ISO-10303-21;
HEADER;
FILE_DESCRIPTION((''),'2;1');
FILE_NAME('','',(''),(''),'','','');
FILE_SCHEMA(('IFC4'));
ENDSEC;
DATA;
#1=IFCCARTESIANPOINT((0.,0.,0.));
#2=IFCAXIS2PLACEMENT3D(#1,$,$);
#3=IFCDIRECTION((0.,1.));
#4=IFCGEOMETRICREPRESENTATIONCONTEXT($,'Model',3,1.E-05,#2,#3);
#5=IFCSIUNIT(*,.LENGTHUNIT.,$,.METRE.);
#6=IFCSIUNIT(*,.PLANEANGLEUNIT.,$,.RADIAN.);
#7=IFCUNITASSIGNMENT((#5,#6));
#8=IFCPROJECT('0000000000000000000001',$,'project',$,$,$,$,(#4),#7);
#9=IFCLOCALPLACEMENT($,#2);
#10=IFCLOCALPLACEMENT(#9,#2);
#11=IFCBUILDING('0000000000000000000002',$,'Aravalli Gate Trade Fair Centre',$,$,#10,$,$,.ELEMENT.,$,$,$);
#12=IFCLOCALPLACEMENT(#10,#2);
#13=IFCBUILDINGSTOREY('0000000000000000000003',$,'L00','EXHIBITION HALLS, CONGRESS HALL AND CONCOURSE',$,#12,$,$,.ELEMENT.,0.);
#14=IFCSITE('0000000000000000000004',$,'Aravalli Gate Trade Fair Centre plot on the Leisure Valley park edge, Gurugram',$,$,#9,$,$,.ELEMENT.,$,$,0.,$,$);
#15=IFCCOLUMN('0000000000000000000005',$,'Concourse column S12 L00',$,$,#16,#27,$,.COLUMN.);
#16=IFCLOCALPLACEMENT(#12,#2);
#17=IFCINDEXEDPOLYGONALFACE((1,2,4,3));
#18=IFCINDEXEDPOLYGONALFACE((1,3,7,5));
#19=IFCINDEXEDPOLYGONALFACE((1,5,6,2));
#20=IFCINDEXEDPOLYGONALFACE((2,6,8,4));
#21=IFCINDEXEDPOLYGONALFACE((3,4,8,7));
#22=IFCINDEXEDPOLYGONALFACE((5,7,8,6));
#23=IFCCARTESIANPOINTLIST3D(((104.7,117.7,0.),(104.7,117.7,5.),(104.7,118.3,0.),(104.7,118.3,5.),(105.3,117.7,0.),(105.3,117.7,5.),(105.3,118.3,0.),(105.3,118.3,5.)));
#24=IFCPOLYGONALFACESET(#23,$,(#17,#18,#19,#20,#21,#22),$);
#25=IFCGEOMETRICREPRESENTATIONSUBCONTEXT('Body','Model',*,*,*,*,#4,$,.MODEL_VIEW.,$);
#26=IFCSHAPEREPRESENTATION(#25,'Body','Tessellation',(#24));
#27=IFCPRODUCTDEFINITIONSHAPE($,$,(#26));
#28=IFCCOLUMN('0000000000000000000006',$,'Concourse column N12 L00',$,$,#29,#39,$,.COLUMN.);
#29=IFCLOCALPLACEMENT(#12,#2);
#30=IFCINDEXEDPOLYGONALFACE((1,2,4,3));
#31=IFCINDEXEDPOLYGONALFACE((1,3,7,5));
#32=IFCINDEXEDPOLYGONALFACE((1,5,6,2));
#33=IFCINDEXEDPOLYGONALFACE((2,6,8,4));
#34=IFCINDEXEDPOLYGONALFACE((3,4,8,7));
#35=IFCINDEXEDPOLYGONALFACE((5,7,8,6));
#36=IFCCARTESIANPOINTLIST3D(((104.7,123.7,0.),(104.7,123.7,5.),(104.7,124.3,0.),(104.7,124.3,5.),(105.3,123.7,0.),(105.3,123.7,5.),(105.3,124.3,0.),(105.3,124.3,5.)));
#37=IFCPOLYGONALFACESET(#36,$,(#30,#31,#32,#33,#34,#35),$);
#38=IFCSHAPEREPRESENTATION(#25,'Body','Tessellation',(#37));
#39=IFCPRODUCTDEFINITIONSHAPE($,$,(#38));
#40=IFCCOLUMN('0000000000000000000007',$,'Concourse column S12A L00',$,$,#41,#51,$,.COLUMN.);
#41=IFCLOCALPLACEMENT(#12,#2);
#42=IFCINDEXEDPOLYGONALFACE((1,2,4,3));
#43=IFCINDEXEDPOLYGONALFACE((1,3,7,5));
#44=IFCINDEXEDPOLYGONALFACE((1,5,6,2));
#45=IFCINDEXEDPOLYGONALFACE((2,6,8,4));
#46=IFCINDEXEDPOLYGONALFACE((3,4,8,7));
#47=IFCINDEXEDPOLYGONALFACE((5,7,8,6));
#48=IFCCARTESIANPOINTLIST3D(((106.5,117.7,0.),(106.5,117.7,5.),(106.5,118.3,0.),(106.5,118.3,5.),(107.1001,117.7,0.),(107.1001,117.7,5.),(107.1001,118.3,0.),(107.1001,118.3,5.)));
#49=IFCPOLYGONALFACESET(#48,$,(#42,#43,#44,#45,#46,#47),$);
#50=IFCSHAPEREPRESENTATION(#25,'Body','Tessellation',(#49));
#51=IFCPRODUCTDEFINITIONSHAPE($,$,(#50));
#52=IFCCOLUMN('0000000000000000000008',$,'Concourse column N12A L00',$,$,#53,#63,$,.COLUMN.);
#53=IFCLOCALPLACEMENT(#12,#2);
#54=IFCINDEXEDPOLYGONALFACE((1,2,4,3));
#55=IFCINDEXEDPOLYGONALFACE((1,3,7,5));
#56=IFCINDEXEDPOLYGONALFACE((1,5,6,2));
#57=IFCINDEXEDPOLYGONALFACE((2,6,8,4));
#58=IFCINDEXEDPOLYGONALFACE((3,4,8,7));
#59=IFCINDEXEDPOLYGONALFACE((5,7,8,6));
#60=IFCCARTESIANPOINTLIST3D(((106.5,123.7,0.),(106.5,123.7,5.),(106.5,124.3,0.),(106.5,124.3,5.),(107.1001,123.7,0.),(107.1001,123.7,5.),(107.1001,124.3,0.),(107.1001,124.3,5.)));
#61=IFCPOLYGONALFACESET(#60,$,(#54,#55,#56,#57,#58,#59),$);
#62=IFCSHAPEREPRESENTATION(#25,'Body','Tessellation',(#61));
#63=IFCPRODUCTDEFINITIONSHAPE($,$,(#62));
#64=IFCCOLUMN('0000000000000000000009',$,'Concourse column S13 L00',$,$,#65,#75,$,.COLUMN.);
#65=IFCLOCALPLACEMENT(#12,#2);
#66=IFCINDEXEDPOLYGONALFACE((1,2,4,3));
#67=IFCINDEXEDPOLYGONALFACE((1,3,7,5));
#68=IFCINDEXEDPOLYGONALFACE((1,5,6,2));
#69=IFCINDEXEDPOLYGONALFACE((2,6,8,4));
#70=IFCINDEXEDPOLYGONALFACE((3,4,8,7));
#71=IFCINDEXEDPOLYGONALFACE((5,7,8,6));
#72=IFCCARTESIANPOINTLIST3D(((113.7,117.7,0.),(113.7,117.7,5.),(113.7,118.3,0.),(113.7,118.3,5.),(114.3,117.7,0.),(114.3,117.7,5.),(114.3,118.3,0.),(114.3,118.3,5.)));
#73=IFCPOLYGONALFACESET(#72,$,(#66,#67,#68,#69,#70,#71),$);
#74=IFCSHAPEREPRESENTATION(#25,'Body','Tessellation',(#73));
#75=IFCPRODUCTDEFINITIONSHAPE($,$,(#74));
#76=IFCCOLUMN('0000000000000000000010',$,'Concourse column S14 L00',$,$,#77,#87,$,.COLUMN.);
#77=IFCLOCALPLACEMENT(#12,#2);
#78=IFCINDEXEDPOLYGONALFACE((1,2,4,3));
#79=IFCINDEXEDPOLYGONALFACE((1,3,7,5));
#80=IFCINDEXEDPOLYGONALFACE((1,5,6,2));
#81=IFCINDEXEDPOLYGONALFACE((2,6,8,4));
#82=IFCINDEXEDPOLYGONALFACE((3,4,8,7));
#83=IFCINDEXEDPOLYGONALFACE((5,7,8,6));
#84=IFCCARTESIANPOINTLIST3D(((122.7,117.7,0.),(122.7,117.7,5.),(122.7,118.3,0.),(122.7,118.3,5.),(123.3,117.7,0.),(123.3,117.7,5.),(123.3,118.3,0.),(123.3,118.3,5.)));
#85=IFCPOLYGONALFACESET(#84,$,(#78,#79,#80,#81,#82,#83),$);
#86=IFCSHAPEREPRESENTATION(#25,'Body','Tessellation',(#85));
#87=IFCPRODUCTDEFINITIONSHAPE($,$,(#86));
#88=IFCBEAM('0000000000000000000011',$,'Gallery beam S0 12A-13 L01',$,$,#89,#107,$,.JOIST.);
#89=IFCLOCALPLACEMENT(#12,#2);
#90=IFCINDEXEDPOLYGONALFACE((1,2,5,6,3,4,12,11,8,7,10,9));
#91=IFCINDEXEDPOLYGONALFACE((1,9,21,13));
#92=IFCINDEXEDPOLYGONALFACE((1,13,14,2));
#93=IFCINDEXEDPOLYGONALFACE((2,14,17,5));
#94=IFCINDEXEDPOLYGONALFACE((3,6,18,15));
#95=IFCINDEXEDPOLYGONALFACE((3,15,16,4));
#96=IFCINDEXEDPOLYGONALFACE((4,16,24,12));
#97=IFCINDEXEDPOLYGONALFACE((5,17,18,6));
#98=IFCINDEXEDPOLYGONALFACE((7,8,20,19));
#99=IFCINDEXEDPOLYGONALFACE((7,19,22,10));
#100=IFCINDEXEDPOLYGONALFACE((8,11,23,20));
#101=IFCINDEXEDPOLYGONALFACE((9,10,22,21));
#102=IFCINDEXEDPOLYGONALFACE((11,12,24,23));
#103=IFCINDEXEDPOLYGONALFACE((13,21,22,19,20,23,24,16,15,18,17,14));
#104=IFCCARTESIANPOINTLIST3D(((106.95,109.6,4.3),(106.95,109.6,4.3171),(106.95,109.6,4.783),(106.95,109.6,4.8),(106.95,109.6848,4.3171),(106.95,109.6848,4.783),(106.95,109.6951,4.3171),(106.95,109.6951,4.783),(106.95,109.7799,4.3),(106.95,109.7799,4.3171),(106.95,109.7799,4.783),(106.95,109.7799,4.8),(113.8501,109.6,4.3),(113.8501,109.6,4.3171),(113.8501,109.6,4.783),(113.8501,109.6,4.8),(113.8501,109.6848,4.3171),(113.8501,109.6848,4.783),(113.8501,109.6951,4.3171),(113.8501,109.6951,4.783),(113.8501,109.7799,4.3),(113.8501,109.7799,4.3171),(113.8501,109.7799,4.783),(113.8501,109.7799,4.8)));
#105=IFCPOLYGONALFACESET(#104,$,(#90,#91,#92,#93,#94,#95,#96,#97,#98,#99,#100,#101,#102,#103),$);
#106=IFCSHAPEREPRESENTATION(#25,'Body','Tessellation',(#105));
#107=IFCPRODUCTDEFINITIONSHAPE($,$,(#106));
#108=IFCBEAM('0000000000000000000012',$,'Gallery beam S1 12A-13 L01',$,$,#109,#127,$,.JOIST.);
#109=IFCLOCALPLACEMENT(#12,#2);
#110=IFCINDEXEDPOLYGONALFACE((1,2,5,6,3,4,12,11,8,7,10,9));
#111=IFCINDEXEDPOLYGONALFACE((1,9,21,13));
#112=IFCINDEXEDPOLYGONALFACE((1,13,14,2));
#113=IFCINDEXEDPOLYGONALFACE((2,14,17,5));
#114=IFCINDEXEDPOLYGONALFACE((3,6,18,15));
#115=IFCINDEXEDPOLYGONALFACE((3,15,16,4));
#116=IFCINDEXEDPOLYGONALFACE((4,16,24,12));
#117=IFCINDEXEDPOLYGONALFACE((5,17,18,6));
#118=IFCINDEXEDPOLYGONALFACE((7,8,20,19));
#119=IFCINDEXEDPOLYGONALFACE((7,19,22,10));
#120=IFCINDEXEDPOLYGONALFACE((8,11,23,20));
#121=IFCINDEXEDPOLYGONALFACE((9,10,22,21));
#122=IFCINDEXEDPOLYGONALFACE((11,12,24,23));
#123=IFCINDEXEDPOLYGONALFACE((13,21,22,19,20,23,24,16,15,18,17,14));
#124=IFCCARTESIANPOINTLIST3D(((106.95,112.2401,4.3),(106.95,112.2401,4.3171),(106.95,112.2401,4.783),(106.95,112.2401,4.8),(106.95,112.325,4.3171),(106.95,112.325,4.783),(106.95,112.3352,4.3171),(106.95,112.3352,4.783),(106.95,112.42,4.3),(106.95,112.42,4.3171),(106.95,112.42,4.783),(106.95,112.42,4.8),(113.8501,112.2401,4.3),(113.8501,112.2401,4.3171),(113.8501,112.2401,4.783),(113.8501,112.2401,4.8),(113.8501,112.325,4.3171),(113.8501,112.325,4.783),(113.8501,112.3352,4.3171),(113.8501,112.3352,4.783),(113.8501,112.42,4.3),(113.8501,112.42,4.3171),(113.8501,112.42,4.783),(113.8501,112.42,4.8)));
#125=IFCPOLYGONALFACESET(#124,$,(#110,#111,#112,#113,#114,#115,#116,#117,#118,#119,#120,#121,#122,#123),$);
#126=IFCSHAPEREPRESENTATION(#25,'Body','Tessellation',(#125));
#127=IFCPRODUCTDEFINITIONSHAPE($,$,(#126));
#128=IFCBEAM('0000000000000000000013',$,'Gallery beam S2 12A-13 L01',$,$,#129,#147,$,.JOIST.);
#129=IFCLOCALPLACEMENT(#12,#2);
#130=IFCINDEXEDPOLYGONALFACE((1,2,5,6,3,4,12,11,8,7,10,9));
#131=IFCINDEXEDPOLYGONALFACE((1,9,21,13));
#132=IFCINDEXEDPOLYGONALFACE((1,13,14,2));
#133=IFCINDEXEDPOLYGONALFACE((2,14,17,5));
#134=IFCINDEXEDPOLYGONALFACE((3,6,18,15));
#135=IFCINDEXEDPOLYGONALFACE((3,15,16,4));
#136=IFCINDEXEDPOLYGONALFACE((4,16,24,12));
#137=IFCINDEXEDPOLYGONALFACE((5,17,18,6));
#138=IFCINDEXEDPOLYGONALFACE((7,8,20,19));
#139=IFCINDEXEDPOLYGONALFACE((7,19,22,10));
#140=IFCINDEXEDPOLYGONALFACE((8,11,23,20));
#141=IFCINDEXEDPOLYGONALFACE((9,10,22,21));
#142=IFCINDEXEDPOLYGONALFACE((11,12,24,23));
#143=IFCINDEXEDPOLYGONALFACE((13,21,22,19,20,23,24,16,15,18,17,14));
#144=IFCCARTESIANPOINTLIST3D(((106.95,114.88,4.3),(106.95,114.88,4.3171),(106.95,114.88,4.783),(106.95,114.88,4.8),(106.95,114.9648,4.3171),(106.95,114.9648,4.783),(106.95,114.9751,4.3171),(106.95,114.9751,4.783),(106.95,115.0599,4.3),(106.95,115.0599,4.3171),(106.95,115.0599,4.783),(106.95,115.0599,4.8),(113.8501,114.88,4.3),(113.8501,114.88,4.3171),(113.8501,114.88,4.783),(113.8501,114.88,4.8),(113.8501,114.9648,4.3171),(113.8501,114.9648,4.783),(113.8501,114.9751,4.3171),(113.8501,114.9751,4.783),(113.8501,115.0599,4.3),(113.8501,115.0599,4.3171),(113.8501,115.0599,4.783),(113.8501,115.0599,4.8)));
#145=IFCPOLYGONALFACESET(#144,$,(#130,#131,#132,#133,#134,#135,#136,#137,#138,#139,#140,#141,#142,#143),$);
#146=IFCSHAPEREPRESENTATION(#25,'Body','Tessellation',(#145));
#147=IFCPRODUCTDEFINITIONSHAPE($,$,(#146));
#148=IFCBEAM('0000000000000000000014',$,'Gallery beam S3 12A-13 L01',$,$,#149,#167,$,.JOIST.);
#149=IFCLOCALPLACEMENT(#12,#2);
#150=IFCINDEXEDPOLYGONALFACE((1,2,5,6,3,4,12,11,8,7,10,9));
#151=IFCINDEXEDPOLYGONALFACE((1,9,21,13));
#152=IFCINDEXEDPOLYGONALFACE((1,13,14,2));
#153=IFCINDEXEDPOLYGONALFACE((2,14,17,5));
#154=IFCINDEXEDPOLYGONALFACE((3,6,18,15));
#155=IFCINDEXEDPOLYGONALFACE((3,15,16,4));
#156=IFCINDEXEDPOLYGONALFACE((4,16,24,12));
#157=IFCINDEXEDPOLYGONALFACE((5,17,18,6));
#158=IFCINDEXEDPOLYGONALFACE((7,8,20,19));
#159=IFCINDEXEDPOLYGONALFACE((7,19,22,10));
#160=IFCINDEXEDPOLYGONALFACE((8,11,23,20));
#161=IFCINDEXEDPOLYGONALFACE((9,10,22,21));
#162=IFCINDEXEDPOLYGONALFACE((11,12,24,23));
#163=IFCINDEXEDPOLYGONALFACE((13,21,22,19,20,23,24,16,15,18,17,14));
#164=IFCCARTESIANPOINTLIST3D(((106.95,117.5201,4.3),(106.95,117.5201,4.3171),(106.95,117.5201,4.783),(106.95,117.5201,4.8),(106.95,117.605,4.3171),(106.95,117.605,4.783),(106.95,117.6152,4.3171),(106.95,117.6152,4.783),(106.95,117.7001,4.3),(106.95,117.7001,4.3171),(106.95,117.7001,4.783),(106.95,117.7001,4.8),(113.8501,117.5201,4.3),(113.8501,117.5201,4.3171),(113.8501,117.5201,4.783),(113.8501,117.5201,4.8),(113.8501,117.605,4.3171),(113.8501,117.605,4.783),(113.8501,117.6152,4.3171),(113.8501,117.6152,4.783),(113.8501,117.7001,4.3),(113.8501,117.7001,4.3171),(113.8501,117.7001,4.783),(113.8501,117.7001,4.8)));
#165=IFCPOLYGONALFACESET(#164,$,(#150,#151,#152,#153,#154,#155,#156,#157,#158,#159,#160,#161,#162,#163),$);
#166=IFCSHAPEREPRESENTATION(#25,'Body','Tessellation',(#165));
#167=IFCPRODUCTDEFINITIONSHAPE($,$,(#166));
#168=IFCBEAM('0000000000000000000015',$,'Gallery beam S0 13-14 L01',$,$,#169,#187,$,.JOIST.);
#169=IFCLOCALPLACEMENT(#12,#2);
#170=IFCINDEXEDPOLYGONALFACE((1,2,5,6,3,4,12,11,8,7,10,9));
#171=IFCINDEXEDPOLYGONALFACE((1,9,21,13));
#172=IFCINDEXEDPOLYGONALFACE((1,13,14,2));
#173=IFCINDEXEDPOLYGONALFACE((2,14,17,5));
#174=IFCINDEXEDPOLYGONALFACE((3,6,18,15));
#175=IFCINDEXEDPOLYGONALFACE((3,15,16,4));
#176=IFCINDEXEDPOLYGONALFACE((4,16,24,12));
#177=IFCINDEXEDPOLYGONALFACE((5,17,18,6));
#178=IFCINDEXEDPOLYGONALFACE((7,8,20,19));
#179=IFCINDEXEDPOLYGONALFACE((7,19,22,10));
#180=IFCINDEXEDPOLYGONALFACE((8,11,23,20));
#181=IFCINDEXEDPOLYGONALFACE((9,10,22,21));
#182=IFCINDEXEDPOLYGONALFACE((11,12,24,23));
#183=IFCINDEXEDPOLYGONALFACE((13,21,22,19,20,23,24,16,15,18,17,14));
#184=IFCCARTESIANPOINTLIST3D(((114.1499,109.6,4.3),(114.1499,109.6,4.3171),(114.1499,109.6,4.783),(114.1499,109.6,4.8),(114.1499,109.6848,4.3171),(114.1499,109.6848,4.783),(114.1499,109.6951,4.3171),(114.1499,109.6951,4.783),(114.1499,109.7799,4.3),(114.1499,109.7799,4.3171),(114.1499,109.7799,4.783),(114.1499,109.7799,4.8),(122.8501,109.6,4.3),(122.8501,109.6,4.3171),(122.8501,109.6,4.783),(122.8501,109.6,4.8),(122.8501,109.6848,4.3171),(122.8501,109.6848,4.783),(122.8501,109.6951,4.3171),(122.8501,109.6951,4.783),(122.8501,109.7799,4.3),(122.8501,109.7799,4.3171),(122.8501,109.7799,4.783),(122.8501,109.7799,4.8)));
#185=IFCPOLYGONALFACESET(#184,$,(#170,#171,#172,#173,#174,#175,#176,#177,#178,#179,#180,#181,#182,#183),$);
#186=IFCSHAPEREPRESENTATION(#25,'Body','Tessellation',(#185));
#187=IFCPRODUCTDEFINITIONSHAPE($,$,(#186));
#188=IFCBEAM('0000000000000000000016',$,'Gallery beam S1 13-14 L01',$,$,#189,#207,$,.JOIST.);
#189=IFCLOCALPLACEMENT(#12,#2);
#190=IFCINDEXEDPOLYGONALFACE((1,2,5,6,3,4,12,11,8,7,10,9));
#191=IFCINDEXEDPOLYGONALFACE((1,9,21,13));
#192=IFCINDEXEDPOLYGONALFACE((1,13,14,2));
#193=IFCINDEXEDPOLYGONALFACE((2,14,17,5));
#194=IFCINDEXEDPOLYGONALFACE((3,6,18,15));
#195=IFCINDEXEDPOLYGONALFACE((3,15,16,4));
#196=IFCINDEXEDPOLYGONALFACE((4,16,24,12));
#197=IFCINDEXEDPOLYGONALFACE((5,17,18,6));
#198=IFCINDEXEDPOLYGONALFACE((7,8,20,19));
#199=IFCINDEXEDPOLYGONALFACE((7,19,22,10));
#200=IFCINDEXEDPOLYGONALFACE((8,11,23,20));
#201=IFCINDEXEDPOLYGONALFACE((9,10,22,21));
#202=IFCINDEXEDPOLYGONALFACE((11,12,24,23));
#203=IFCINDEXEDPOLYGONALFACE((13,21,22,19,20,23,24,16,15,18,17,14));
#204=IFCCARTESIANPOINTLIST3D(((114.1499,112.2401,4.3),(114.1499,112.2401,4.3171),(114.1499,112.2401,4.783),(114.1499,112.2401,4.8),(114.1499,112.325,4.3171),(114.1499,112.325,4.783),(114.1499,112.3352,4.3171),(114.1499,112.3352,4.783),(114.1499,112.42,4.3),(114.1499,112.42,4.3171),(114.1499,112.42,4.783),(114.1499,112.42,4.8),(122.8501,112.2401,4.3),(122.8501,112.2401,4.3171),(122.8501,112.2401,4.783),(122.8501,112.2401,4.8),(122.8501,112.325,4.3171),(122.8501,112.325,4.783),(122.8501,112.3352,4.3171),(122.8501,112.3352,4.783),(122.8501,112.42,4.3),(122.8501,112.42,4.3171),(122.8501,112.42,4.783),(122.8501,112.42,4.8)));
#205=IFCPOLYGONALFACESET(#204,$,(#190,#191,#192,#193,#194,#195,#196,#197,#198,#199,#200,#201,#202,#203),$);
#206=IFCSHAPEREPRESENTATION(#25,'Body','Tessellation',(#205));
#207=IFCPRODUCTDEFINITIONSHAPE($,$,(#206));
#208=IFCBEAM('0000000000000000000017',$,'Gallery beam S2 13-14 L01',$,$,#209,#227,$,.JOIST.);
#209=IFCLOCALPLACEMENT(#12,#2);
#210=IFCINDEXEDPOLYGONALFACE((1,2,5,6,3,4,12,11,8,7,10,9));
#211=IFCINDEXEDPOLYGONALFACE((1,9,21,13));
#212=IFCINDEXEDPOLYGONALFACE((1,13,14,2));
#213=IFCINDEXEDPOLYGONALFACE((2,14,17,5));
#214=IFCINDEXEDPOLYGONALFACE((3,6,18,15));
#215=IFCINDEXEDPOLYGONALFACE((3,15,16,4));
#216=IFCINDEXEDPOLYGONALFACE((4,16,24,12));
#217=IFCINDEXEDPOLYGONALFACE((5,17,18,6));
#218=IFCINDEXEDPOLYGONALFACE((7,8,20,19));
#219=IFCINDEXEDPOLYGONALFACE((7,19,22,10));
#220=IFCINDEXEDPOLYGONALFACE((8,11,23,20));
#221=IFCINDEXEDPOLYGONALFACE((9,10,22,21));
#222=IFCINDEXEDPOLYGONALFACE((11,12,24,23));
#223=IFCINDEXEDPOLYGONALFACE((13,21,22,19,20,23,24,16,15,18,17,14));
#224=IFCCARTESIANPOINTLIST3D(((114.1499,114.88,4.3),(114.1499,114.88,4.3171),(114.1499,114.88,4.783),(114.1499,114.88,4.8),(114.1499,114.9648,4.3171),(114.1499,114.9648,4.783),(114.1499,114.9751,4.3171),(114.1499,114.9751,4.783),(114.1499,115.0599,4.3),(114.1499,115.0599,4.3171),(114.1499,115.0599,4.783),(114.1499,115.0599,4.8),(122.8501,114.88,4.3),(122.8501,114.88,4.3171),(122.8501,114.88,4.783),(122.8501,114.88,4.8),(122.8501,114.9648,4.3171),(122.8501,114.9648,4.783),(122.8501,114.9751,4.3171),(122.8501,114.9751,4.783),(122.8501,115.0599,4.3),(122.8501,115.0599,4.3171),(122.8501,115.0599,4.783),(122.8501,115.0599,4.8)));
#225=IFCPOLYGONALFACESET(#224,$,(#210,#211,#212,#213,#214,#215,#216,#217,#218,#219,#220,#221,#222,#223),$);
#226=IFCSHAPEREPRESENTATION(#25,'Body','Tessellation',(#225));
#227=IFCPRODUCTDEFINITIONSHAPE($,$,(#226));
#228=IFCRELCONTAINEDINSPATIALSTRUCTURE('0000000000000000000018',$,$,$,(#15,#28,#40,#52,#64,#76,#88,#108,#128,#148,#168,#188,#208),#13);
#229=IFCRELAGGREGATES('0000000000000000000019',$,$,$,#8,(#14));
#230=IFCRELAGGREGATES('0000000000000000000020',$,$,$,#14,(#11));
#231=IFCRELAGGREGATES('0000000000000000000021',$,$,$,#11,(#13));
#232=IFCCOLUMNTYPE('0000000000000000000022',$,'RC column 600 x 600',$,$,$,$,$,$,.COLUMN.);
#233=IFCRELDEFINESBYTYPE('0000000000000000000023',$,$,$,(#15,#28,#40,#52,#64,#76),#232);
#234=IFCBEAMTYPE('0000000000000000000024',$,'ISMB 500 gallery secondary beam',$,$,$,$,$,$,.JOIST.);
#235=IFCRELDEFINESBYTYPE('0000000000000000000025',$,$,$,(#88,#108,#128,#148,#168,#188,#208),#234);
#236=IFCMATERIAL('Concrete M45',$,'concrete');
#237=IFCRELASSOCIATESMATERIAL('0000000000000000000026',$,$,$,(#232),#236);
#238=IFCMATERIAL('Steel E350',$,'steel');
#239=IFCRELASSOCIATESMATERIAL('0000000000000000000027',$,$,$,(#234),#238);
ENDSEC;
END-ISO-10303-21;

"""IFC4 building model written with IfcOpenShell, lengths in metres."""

from ifc_helpers import new_model, si_unit, direction, frame, origin, origin_2d, place, context, subcontext, project, spatial, rectangle, i_section, extrude, material, material_profile, profile_set, type_object, element, save


model = new_model("IFC4")

# Units and contexts
model_context = context("Model", 3, precision=1e-05, world=origin(), true_north=direction((0.0, 1.0)))
body_context = subcontext(model_context, "Body", "Model", "MODEL_VIEW")
ifc_project = project(units=[si_unit("LENGTHUNIT", "METRE"), si_unit("PLANEANGLEUNIT", "RADIAN")], contexts=[model_context])

# Site, building, storey
site_placement = place(None, origin())
site = spatial("IfcSite", under=ifc_project, at=site_placement, Name="Aravalli Gate Trade Fair Centre plot on the Leisure Valley park edge, Gurugram", CompositionType="ELEMENT", RefElevation=0.0)
building_placement = place(site_placement, origin())
building = spatial("IfcBuilding", under=site, at=building_placement, Name="Aravalli Gate Trade Fair Centre", CompositionType="ELEMENT")
storey_placement = place(building_placement, origin())
storey = spatial("IfcBuildingStorey", under=building, at=storey_placement, Name="L00", Description="EXHIBITION HALLS, CONGRESS HALL AND CONCOURSE", CompositionType="ELEMENT", Elevation=0.0)

# Columns
ifc_material_1 = material(Name="Concrete M45", Category="concrete")
ifc_material_profile_1 = material_profile(ifc_material_1, rectangle(XDim=0.6001, YDim=0.6001, at=origin_2d()), Name="RC column 600 x 600")
ifc_profile_set_1 = profile_set([ifc_material_profile_1], Name="Concrete M45")
column_type = type_object("IfcColumnType", Name="RC column 600 x 600", PredefinedType="COLUMN", material=ifc_profile_set_1)
for number, where, z_axis, x_axis, name in (
    (1, (105.0, 118.0, 0.0), (0.0, 0.0, 1.0), (1.0, 0.0, 0.0), "Concourse column S12 L00"),
    (2, (105.0, 124.0, 0.0), (0.0, 0.0, 1.0), (1.0, 0.0, 0.0), "Concourse column N12 L00"),
    (3, (106.8, 118.0, 0.0), (0.0, 0.0, 1.0), (1.0, 0.0, 0.0), "Concourse column S12A L00"),
    (4, (106.8, 124.0, 0.0), (0.0, 0.0, 1.0), (1.0, 0.0, 0.0), "Concourse column N12A L00"),
    (5, (114.0, 118.0, 0.0), (0.0, 0.0, 1.0), (1.0, 0.0, 0.0), "Concourse column S13 L00"),
    (6, (123.0, 118.0, 0.0), (0.0, 0.0, 1.0), (1.0, 0.0, 0.0), "Concourse column S14 L00"),
):
    element("IfcColumn", number, at=place(storey_placement, frame(where, z_axis=z_axis, x_axis=x_axis)), inside=storey, type_object=column_type, Name=name, PredefinedType="COLUMN", context=body_context, shape_type="SweptSolid", body=[
        extrude(rectangle(XDim=0.6001, YDim=0.6001, at=origin_2d()), origin(), (0.0, 0.0, 1.0), 5.0),
    ])

# Beams
ifc_material_2 = material(Name="Steel E350", Category="steel")
ifc_material_profile_2 = material_profile(ifc_material_2, i_section(OverallWidth=0.1799, OverallDepth=0.5, WebThickness=0.0103, FlangeThickness=0.0171, at=origin_2d()), Name="ISMB 500")
ifc_profile_set_2 = profile_set([ifc_material_profile_2], Name="Steel E350")
beam_type_1 = type_object("IfcBeamType", Name="ISMB 500 gallery secondary beam", PredefinedType="JOIST", material=ifc_profile_set_2)
for number, where, z_axis, x_axis, name in (
    (7, (106.95, 109.6899, 4.55), (1.0, 0.0, 0.0), (0.0, 1.0, 0.0), "Gallery beam S0 12A-13 L01"),
    (8, (106.95, 112.3301, 4.55), (1.0, 0.0, 0.0), (0.0, 1.0, 0.0), "Gallery beam S1 12A-13 L01"),
    (9, (106.95, 114.97, 4.55), (1.0, 0.0, 0.0), (0.0, 1.0, 0.0), "Gallery beam S2 12A-13 L01"),
    (10, (106.95, 117.6101, 4.55), (1.0, 0.0, 0.0), (0.0, 1.0, 0.0), "Gallery beam S3 12A-13 L01"),
):
    element("IfcBeam", number, at=place(storey_placement, frame(where, z_axis=z_axis, x_axis=x_axis)), inside=storey, type_object=beam_type_1, Name=name, PredefinedType="JOIST", context=body_context, shape_type="SweptSolid", body=[
        extrude(i_section(OverallWidth=0.1799, OverallDepth=0.5, WebThickness=0.0103, FlangeThickness=0.0171, at=origin_2d()), origin(), (0.0, 0.0, 1.0), 6.9001),
    ])
for number, where, z_axis, x_axis, name in (
    (11, (114.1499, 109.6899, 4.55), (1.0, 0.0, 0.0), (0.0, 1.0, 0.0), "Gallery beam S0 13-14 L01"),
    (12, (114.1499, 112.3301, 4.55), (1.0, 0.0, 0.0), (0.0, 1.0, 0.0), "Gallery beam S1 13-14 L01"),
    (13, (114.1499, 114.97, 4.55), (1.0, 0.0, 0.0), (0.0, 1.0, 0.0), "Gallery beam S2 13-14 L01"),
):
    element("IfcBeam", number, at=place(storey_placement, frame(where, z_axis=z_axis, x_axis=x_axis)), inside=storey, type_object=beam_type_1, Name=name, PredefinedType="JOIST", context=body_context, shape_type="SweptSolid", body=[
        extrude(i_section(OverallWidth=0.1799, OverallDepth=0.5, WebThickness=0.0103, FlangeThickness=0.0171, at=origin_2d()), origin(), (0.0, 0.0, 1.0), 8.7002),
    ])

save(model, "model.ifc")
